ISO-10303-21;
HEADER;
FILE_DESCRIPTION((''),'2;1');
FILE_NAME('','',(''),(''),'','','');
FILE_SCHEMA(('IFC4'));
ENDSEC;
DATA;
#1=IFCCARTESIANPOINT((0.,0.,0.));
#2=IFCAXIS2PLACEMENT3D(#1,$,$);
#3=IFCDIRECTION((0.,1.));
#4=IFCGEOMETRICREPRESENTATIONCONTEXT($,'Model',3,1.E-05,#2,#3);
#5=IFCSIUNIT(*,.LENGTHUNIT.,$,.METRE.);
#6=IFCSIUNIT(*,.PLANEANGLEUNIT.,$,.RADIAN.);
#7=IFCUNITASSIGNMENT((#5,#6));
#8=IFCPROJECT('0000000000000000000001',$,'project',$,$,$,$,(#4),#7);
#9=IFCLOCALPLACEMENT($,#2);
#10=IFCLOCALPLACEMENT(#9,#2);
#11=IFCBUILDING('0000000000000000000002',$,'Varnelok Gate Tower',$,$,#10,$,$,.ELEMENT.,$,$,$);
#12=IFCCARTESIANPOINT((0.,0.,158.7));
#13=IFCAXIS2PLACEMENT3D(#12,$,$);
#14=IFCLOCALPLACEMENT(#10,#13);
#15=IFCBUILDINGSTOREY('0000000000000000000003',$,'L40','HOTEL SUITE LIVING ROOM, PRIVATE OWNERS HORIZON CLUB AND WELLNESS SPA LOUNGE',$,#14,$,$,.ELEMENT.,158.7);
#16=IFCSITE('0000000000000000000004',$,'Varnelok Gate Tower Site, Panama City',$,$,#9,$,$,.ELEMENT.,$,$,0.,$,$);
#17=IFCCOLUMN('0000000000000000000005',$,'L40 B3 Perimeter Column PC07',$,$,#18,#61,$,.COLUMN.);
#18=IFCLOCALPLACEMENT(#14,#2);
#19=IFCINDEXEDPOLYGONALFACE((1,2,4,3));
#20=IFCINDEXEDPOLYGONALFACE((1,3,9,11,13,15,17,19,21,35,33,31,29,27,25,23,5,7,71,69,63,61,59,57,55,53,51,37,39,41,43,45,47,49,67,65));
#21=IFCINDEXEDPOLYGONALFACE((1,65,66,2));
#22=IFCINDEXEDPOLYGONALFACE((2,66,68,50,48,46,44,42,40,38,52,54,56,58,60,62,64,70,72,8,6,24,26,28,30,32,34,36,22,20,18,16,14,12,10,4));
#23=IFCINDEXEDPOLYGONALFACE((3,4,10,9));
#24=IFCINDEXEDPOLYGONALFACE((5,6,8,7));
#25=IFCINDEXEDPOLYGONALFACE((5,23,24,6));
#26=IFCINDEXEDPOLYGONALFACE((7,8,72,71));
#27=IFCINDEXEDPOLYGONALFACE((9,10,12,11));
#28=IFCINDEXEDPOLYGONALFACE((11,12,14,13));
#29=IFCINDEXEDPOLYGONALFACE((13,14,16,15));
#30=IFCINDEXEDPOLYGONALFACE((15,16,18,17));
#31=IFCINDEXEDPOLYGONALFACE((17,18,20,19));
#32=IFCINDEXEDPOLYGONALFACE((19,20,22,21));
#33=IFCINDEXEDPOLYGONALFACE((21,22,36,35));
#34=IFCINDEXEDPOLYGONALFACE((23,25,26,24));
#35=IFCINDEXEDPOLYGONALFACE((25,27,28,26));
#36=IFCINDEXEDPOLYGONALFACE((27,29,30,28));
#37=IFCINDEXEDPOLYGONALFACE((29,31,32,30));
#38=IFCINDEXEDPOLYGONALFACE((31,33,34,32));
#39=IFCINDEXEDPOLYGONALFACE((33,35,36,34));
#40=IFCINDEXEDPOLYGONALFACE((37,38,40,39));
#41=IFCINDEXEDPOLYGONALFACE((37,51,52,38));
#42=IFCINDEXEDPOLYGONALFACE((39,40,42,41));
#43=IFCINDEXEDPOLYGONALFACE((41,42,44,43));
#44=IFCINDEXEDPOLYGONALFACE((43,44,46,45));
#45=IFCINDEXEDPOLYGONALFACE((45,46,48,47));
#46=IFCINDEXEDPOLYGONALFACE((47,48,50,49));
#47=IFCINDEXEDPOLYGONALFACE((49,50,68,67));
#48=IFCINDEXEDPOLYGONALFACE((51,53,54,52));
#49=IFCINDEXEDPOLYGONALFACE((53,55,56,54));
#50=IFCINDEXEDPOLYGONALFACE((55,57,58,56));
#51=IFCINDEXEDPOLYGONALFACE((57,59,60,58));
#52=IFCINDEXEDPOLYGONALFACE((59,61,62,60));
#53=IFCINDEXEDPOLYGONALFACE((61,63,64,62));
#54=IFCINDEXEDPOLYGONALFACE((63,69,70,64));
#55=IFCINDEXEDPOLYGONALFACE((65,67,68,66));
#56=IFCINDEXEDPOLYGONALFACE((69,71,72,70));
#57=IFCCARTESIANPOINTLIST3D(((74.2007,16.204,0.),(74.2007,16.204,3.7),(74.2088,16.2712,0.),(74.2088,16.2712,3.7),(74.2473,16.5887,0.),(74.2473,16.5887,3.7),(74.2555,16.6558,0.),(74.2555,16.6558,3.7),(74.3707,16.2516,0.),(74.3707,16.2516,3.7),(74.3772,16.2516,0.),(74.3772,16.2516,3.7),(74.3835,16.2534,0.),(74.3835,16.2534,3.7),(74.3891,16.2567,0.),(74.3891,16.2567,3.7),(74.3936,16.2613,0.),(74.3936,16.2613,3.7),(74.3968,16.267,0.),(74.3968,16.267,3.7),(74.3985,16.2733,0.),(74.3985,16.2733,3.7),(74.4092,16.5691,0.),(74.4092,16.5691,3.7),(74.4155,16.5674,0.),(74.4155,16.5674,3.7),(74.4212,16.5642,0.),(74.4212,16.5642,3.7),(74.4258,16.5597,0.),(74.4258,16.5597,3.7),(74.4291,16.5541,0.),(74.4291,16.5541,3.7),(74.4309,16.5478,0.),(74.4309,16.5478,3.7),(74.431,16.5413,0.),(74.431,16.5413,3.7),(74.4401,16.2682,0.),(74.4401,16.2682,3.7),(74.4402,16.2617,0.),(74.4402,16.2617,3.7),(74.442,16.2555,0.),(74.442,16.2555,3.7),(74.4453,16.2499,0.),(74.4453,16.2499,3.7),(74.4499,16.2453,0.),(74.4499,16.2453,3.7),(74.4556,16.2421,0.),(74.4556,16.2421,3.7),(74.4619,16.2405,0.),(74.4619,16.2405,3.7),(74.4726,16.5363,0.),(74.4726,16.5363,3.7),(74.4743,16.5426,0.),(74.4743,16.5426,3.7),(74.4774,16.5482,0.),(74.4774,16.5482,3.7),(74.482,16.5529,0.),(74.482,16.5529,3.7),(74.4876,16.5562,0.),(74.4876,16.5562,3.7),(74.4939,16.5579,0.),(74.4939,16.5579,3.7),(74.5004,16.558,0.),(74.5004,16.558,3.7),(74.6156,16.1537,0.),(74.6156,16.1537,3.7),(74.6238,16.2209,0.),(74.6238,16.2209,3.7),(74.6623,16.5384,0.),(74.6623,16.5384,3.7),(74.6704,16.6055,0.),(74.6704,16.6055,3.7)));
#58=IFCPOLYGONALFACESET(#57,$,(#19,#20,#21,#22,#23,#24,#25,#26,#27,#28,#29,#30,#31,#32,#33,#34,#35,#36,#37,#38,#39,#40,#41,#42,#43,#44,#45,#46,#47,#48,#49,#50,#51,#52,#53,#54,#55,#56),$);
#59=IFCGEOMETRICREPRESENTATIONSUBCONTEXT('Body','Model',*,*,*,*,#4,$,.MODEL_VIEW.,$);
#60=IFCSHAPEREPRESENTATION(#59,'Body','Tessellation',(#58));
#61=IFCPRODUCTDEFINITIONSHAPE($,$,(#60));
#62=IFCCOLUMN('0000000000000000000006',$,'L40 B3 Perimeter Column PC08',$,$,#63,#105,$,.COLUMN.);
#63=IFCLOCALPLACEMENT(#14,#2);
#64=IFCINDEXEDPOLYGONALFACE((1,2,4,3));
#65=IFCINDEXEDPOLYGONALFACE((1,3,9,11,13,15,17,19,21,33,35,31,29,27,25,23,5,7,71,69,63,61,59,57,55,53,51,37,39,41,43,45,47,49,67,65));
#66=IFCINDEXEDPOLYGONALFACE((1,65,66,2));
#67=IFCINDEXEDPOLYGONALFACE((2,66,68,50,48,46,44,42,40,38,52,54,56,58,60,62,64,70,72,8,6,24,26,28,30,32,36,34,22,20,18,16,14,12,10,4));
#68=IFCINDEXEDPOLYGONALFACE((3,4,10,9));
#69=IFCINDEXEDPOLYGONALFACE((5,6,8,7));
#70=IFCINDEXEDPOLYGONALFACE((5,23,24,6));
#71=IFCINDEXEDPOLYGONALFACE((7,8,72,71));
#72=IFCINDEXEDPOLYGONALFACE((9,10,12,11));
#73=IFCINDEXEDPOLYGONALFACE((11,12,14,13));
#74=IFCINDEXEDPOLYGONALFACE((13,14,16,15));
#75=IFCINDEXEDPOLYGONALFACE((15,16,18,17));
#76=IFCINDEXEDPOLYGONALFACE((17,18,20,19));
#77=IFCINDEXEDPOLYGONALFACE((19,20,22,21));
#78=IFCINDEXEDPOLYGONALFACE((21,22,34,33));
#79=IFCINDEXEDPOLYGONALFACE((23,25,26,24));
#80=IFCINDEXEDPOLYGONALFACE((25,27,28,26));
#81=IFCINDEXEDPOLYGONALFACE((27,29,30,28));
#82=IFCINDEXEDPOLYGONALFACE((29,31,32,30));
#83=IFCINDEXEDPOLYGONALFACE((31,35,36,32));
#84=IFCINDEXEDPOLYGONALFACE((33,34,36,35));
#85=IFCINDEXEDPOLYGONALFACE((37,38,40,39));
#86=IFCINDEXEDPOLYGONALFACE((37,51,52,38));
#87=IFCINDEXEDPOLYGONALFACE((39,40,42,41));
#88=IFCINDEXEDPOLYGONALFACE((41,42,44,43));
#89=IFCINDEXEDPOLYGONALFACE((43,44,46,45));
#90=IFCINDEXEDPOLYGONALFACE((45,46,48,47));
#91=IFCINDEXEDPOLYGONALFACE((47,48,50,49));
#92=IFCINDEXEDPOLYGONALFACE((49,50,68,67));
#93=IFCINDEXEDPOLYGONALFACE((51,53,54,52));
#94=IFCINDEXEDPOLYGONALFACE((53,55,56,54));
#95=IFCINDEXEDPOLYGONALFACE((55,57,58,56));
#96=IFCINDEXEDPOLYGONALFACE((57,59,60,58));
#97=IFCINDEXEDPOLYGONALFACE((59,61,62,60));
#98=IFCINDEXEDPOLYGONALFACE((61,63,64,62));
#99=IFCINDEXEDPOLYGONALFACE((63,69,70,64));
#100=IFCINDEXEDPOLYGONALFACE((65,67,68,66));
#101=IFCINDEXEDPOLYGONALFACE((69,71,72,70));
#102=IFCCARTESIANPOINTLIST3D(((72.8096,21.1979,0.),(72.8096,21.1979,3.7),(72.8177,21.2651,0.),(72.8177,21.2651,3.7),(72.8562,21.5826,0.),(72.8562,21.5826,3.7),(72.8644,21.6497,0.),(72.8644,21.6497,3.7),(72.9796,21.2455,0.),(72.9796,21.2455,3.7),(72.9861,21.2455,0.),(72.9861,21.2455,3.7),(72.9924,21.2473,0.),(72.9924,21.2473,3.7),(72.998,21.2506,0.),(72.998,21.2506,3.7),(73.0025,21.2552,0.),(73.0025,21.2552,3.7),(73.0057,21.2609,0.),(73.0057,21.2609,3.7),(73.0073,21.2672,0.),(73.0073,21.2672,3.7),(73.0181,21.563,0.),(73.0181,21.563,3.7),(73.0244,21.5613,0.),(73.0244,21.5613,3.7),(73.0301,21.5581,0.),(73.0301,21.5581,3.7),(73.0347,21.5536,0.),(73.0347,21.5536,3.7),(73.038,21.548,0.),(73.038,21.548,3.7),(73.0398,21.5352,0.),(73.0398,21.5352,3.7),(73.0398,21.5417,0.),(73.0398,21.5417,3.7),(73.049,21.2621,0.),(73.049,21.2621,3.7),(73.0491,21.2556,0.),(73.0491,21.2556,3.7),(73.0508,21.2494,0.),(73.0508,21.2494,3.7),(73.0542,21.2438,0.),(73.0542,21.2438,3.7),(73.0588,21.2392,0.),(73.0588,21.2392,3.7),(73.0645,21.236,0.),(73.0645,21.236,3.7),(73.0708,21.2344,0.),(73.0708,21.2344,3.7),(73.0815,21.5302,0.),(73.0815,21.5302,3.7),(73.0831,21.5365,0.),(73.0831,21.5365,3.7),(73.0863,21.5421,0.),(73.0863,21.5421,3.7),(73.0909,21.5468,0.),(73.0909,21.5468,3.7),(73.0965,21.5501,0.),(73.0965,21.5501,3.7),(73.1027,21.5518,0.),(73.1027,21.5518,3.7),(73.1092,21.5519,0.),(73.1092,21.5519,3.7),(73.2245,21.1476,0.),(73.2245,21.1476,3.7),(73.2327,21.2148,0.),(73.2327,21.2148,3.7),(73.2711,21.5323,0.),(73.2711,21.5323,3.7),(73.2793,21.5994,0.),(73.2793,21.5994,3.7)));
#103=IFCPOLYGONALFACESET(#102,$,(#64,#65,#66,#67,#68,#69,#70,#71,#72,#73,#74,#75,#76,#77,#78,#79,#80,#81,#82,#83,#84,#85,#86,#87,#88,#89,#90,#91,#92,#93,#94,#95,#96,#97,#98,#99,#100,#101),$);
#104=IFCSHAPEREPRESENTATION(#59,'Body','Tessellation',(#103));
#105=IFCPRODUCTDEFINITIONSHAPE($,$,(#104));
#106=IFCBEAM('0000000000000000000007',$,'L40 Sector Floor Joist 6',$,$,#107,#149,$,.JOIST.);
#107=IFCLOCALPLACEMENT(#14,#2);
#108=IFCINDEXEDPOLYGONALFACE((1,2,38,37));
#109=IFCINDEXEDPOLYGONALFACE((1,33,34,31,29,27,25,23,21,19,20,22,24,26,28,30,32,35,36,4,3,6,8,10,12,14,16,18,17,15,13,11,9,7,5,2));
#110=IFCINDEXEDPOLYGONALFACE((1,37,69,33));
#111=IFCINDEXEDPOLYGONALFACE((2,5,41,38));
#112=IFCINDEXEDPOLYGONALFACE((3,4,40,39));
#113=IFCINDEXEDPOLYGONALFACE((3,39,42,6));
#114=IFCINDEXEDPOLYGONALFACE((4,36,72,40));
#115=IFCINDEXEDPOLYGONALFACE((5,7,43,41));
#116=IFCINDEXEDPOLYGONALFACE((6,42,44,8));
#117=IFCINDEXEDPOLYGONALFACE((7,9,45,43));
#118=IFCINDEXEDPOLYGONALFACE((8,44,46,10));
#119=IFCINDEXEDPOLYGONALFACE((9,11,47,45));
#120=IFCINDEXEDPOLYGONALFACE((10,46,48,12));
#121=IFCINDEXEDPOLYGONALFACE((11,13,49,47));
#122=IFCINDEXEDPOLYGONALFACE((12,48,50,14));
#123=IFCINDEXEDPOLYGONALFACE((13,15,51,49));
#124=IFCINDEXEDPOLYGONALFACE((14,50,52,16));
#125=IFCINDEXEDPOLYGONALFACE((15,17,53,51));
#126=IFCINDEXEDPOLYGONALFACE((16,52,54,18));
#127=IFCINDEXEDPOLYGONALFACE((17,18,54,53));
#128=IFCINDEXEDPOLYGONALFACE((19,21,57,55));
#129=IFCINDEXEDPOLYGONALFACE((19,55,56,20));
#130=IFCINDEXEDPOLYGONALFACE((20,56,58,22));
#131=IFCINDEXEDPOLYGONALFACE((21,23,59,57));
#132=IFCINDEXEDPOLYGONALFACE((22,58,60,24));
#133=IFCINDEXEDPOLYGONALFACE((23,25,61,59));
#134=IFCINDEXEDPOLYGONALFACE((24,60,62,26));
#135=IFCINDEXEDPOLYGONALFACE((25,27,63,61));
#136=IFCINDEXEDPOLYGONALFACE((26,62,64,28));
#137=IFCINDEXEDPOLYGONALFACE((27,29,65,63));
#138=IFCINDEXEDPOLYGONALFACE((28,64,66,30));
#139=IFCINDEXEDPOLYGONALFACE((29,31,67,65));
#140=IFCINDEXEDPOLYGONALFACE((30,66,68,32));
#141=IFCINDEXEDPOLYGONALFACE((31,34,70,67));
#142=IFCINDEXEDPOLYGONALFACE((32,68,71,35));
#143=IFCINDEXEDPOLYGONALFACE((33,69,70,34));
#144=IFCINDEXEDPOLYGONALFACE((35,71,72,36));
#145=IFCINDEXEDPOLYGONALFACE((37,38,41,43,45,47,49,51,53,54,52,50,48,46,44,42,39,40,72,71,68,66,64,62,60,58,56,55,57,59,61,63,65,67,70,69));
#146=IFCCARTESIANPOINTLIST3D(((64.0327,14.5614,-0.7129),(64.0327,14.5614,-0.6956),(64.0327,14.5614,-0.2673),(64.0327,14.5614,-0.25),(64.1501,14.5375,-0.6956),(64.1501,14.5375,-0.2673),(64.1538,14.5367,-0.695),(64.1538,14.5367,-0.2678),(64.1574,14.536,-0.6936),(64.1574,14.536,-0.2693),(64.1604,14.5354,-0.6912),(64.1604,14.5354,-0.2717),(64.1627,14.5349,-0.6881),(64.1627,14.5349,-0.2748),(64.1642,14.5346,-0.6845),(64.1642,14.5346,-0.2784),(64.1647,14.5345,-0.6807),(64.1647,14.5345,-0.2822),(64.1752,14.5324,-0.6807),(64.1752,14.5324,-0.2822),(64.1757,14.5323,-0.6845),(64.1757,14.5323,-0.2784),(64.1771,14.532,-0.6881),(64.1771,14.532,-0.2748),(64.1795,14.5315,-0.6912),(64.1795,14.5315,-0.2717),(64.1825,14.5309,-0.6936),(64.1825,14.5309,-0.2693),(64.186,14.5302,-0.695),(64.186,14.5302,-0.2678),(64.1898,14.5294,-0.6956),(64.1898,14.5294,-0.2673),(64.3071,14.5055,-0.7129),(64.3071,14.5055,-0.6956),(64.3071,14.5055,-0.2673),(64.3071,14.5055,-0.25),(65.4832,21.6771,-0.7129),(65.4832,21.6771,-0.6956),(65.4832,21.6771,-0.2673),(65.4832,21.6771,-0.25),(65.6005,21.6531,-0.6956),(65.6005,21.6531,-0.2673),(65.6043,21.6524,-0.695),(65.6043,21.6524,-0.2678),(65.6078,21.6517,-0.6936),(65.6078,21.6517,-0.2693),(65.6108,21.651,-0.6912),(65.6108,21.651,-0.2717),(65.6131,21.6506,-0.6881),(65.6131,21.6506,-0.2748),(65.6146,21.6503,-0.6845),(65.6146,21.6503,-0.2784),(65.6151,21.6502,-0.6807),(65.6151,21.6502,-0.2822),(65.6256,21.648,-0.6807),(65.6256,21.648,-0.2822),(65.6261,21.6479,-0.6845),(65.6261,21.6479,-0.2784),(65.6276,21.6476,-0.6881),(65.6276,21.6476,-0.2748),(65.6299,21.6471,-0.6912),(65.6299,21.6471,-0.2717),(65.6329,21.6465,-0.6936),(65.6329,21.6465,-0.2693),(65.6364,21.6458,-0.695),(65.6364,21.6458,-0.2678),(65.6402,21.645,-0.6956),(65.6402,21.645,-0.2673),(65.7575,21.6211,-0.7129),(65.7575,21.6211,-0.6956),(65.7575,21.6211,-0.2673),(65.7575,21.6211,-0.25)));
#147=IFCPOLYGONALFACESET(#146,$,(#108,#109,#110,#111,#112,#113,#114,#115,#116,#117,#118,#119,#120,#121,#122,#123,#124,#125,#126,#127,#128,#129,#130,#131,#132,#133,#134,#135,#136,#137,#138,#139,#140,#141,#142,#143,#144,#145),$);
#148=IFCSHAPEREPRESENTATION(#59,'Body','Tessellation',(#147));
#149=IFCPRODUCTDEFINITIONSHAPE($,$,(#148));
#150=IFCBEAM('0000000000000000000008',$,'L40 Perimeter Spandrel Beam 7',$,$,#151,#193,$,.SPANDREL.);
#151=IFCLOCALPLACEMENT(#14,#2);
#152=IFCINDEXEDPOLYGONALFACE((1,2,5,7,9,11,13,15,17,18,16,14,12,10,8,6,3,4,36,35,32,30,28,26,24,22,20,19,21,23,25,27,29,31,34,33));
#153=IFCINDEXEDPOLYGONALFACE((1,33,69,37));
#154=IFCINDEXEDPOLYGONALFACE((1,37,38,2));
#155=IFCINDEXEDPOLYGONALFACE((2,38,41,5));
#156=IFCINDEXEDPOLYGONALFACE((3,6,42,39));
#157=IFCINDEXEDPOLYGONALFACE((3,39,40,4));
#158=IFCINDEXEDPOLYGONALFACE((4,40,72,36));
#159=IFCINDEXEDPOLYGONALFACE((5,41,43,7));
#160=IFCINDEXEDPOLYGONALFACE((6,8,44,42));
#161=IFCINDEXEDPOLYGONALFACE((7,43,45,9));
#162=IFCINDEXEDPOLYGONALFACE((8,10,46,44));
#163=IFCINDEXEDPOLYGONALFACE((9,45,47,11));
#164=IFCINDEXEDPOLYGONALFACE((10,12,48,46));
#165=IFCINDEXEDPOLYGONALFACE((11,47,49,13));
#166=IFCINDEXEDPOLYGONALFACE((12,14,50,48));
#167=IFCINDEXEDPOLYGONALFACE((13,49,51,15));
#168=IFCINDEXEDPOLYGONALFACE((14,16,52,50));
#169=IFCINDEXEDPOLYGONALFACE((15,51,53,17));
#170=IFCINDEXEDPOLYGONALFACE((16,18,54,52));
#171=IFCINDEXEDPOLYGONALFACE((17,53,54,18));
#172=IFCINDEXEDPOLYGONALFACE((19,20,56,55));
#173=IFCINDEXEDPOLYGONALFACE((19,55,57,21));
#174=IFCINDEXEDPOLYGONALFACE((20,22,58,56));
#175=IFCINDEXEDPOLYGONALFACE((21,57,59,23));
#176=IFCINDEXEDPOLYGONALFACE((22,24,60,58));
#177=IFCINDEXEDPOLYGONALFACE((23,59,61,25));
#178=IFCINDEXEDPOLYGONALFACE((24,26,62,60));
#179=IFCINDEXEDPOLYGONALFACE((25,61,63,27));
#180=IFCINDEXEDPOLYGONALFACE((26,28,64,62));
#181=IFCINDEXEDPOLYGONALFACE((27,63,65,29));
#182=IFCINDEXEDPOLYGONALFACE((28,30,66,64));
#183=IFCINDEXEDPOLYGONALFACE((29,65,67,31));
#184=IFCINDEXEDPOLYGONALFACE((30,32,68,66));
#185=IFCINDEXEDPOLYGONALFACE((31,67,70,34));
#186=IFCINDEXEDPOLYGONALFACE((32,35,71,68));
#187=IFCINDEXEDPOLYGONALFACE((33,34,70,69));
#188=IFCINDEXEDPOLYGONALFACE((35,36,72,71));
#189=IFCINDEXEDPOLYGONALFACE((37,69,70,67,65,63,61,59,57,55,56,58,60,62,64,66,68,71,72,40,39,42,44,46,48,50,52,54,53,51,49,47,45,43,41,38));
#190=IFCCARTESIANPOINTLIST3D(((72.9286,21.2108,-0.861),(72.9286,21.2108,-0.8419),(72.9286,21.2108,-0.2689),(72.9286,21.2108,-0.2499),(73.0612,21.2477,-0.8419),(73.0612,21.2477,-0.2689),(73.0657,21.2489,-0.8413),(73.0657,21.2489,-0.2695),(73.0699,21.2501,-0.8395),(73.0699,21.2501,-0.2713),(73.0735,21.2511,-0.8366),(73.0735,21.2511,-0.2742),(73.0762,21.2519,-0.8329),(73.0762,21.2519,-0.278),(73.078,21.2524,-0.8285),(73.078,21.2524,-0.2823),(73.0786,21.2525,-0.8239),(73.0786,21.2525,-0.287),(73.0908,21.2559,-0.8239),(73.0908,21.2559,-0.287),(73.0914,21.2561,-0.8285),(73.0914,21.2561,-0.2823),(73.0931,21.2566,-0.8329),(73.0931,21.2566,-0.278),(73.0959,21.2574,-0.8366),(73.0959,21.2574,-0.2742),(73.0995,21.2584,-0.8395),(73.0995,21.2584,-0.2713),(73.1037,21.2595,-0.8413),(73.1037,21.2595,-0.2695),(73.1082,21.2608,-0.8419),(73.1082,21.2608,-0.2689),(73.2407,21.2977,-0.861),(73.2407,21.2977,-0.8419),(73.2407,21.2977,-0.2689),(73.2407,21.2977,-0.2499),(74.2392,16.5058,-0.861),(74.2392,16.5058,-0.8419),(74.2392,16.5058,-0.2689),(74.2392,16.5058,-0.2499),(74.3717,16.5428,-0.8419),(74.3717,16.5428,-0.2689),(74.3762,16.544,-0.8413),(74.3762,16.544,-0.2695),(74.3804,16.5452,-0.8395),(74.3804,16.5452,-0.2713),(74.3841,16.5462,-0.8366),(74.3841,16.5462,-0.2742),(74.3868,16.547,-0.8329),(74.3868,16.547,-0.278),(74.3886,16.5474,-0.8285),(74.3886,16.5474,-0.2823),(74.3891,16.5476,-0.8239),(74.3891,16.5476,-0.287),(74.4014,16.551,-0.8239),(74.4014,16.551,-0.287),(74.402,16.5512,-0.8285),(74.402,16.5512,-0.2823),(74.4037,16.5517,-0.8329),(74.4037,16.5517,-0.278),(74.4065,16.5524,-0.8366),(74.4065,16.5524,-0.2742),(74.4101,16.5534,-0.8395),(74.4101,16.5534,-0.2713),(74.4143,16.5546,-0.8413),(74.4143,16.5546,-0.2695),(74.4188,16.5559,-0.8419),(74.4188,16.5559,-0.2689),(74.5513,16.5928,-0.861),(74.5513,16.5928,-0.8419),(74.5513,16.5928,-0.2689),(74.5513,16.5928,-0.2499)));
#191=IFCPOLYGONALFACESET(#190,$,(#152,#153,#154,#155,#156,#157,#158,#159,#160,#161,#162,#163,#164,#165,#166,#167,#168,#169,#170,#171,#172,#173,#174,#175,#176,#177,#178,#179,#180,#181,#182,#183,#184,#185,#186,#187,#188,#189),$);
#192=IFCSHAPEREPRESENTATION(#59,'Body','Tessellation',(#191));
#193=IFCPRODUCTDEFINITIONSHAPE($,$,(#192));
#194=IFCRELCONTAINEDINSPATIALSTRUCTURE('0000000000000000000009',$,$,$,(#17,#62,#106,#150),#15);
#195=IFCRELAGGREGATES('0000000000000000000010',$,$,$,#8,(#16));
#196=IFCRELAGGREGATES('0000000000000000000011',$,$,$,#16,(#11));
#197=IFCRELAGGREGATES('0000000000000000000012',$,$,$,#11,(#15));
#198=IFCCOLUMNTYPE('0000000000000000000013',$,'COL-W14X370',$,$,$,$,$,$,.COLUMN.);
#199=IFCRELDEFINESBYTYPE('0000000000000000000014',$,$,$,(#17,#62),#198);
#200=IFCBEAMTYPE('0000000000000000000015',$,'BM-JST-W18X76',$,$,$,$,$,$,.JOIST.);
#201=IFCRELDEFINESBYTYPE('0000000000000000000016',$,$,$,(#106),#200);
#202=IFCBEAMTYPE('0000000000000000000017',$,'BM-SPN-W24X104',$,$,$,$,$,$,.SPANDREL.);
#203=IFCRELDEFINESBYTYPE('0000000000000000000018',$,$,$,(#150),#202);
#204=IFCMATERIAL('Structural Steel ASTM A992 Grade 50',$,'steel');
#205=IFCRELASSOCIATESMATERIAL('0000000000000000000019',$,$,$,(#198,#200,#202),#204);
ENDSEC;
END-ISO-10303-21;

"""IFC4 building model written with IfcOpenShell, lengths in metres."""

from ifc_helpers import new_model, si_unit, direction, frame, origin, origin_2d, place, context, subcontext, project, spatial, i_section, extrude, material, material_profile, profile_set, type_object, element, save


model = new_model("IFC4")

# Units and contexts
model_context = context("Model", 3, precision=1e-05, world=origin(), true_north=direction((0.0, 1.0)))
body_context = subcontext(model_context, "Body", "Model", "MODEL_VIEW")
ifc_project = project(units=[si_unit("LENGTHUNIT", "METRE"), si_unit("PLANEANGLEUNIT", "RADIAN")], contexts=[model_context])

# Site, building, storey
site_placement = place(None, origin())
site = spatial("IfcSite", under=ifc_project, at=site_placement, Name="Varnelok Gate Tower Site, Panama City", CompositionType="ELEMENT", RefElevation=0.0)
building_placement = place(site_placement, origin())
building = spatial("IfcBuilding", under=site, at=building_placement, Name="Varnelok Gate Tower", CompositionType="ELEMENT")
storey_placement = place(building_placement, frame((0.0, 0.0, 158.7)))
storey = spatial("IfcBuildingStorey", under=building, at=storey_placement, Name="L40", Description="HOTEL SUITE LIVING ROOM, PRIVATE OWNERS HORIZON CLUB AND WELLNESS SPA LOUNGE", CompositionType="ELEMENT", Elevation=158.7)

# Columns
ifc_material_1 = material(Name="Structural Steel ASTM A992 Grade 50", Category="steel")
ifc_material_profile_1 = material_profile(ifc_material_1, i_section(OverallWidth=0.418, OverallDepth=0.4551, WebThickness=0.042, FlangeThickness=0.0676, FilletRadius=0.0249, at=origin_2d()), Name="W14X370")
ifc_profile_set_1 = profile_set([ifc_material_profile_1], Name="Structural Steel ASTM A992 Grade 50")
column_type = type_object("IfcColumnType", Name="COL-W14X370", PredefinedType="COLUMN", material=ifc_profile_set_1)
for number, where, z_axis, x_axis, name in (
    (1, (74.4355, 16.4048, 0.0), (0.0, 0.0, 1.0), (0.992732, -0.120345, 0.0), "L40 B3 Perimeter Column PC07"),
    (2, (73.0444, 21.3987, 0.0), (0.0, 0.0, 1.0), (0.992732, -0.120345, 0.0), "L40 B3 Perimeter Column PC08"),
):
    element("IfcColumn", number, at=place(storey_placement, frame(where, z_axis=z_axis, x_axis=x_axis)), inside=storey, type_object=column_type, Name=name, PredefinedType="COLUMN", context=body_context, shape_type="SweptSolid", body=[
        extrude(i_section(OverallWidth=0.418, OverallDepth=0.4551, WebThickness=0.042, FlangeThickness=0.0676, FilletRadius=0.0249, at=origin_2d()), origin(), (0.0, 0.0, 1.0), 3.7),
    ])

# Beams
ifc_material_profile_2 = material_profile(ifc_material_1, i_section(OverallWidth=0.28, OverallDepth=0.4629, WebThickness=0.0107, FlangeThickness=0.0173, FilletRadius=0.0149, at=origin_2d()), Name="W18X76")
ifc_profile_set_2 = profile_set([ifc_material_profile_2], Name="Structural Steel ASTM A992 Grade 50")
beam_type_1 = type_object("IfcBeamType", Name="BM-JST-W18X76", PredefinedType="JOIST", material=ifc_profile_set_2)
beam_1_placement = place(storey_placement, frame((64.1699, 14.5334, -0.4814), z_axis=(0.199729, 0.979851, 0.0), x_axis=(-0.979851, 0.199729, 0.0)))
element("IfcBeam", 3, at=beam_1_placement, inside=storey, type_object=beam_type_1, Name="L40 Sector Floor Joist 6", PredefinedType="JOIST", context=body_context, shape_type="SweptSolid", body=[
    extrude(i_section(OverallWidth=0.28, OverallDepth=0.4629, WebThickness=0.0107, FlangeThickness=0.0173, FilletRadius=0.0149, at=origin_2d()), origin(), (0.0, 0.0, 1.0), 7.262),
])
ifc_material_profile_3 = material_profile(ifc_material_1, i_section(OverallWidth=0.324, OverallDepth=0.6111, WebThickness=0.0127, FlangeThickness=0.019, FilletRadius=0.0181, at=origin_2d()), Name="W24X104")
ifc_profile_set_3 = profile_set([ifc_material_profile_3], Name="Structural Steel ASTM A992 Grade 50")
beam_type_2 = type_object("IfcBeamType", Name="BM-SPN-W24X104", PredefinedType="SPANDREL", material=ifc_profile_set_3)
beam_2_placement = place(storey_placement, frame((74.3953, 16.5493, -0.5554), z_axis=(-0.268337, 0.963325, 0.0), x_axis=(-0.963325, -0.268337, 0.0)))
element("IfcBeam", 4, at=beam_2_placement, inside=storey, type_object=beam_type_2, Name="L40 Perimeter Spandrel Beam 7", PredefinedType="SPANDREL", context=body_context, shape_type="SweptSolid", body=[
    extrude(i_section(OverallWidth=0.324, OverallDepth=0.6111, WebThickness=0.0127, FlangeThickness=0.019, FilletRadius=0.0181, at=origin_2d()), origin(), (0.0, 0.0, 1.0), 4.884),
])

save(model, "model.ifc")
